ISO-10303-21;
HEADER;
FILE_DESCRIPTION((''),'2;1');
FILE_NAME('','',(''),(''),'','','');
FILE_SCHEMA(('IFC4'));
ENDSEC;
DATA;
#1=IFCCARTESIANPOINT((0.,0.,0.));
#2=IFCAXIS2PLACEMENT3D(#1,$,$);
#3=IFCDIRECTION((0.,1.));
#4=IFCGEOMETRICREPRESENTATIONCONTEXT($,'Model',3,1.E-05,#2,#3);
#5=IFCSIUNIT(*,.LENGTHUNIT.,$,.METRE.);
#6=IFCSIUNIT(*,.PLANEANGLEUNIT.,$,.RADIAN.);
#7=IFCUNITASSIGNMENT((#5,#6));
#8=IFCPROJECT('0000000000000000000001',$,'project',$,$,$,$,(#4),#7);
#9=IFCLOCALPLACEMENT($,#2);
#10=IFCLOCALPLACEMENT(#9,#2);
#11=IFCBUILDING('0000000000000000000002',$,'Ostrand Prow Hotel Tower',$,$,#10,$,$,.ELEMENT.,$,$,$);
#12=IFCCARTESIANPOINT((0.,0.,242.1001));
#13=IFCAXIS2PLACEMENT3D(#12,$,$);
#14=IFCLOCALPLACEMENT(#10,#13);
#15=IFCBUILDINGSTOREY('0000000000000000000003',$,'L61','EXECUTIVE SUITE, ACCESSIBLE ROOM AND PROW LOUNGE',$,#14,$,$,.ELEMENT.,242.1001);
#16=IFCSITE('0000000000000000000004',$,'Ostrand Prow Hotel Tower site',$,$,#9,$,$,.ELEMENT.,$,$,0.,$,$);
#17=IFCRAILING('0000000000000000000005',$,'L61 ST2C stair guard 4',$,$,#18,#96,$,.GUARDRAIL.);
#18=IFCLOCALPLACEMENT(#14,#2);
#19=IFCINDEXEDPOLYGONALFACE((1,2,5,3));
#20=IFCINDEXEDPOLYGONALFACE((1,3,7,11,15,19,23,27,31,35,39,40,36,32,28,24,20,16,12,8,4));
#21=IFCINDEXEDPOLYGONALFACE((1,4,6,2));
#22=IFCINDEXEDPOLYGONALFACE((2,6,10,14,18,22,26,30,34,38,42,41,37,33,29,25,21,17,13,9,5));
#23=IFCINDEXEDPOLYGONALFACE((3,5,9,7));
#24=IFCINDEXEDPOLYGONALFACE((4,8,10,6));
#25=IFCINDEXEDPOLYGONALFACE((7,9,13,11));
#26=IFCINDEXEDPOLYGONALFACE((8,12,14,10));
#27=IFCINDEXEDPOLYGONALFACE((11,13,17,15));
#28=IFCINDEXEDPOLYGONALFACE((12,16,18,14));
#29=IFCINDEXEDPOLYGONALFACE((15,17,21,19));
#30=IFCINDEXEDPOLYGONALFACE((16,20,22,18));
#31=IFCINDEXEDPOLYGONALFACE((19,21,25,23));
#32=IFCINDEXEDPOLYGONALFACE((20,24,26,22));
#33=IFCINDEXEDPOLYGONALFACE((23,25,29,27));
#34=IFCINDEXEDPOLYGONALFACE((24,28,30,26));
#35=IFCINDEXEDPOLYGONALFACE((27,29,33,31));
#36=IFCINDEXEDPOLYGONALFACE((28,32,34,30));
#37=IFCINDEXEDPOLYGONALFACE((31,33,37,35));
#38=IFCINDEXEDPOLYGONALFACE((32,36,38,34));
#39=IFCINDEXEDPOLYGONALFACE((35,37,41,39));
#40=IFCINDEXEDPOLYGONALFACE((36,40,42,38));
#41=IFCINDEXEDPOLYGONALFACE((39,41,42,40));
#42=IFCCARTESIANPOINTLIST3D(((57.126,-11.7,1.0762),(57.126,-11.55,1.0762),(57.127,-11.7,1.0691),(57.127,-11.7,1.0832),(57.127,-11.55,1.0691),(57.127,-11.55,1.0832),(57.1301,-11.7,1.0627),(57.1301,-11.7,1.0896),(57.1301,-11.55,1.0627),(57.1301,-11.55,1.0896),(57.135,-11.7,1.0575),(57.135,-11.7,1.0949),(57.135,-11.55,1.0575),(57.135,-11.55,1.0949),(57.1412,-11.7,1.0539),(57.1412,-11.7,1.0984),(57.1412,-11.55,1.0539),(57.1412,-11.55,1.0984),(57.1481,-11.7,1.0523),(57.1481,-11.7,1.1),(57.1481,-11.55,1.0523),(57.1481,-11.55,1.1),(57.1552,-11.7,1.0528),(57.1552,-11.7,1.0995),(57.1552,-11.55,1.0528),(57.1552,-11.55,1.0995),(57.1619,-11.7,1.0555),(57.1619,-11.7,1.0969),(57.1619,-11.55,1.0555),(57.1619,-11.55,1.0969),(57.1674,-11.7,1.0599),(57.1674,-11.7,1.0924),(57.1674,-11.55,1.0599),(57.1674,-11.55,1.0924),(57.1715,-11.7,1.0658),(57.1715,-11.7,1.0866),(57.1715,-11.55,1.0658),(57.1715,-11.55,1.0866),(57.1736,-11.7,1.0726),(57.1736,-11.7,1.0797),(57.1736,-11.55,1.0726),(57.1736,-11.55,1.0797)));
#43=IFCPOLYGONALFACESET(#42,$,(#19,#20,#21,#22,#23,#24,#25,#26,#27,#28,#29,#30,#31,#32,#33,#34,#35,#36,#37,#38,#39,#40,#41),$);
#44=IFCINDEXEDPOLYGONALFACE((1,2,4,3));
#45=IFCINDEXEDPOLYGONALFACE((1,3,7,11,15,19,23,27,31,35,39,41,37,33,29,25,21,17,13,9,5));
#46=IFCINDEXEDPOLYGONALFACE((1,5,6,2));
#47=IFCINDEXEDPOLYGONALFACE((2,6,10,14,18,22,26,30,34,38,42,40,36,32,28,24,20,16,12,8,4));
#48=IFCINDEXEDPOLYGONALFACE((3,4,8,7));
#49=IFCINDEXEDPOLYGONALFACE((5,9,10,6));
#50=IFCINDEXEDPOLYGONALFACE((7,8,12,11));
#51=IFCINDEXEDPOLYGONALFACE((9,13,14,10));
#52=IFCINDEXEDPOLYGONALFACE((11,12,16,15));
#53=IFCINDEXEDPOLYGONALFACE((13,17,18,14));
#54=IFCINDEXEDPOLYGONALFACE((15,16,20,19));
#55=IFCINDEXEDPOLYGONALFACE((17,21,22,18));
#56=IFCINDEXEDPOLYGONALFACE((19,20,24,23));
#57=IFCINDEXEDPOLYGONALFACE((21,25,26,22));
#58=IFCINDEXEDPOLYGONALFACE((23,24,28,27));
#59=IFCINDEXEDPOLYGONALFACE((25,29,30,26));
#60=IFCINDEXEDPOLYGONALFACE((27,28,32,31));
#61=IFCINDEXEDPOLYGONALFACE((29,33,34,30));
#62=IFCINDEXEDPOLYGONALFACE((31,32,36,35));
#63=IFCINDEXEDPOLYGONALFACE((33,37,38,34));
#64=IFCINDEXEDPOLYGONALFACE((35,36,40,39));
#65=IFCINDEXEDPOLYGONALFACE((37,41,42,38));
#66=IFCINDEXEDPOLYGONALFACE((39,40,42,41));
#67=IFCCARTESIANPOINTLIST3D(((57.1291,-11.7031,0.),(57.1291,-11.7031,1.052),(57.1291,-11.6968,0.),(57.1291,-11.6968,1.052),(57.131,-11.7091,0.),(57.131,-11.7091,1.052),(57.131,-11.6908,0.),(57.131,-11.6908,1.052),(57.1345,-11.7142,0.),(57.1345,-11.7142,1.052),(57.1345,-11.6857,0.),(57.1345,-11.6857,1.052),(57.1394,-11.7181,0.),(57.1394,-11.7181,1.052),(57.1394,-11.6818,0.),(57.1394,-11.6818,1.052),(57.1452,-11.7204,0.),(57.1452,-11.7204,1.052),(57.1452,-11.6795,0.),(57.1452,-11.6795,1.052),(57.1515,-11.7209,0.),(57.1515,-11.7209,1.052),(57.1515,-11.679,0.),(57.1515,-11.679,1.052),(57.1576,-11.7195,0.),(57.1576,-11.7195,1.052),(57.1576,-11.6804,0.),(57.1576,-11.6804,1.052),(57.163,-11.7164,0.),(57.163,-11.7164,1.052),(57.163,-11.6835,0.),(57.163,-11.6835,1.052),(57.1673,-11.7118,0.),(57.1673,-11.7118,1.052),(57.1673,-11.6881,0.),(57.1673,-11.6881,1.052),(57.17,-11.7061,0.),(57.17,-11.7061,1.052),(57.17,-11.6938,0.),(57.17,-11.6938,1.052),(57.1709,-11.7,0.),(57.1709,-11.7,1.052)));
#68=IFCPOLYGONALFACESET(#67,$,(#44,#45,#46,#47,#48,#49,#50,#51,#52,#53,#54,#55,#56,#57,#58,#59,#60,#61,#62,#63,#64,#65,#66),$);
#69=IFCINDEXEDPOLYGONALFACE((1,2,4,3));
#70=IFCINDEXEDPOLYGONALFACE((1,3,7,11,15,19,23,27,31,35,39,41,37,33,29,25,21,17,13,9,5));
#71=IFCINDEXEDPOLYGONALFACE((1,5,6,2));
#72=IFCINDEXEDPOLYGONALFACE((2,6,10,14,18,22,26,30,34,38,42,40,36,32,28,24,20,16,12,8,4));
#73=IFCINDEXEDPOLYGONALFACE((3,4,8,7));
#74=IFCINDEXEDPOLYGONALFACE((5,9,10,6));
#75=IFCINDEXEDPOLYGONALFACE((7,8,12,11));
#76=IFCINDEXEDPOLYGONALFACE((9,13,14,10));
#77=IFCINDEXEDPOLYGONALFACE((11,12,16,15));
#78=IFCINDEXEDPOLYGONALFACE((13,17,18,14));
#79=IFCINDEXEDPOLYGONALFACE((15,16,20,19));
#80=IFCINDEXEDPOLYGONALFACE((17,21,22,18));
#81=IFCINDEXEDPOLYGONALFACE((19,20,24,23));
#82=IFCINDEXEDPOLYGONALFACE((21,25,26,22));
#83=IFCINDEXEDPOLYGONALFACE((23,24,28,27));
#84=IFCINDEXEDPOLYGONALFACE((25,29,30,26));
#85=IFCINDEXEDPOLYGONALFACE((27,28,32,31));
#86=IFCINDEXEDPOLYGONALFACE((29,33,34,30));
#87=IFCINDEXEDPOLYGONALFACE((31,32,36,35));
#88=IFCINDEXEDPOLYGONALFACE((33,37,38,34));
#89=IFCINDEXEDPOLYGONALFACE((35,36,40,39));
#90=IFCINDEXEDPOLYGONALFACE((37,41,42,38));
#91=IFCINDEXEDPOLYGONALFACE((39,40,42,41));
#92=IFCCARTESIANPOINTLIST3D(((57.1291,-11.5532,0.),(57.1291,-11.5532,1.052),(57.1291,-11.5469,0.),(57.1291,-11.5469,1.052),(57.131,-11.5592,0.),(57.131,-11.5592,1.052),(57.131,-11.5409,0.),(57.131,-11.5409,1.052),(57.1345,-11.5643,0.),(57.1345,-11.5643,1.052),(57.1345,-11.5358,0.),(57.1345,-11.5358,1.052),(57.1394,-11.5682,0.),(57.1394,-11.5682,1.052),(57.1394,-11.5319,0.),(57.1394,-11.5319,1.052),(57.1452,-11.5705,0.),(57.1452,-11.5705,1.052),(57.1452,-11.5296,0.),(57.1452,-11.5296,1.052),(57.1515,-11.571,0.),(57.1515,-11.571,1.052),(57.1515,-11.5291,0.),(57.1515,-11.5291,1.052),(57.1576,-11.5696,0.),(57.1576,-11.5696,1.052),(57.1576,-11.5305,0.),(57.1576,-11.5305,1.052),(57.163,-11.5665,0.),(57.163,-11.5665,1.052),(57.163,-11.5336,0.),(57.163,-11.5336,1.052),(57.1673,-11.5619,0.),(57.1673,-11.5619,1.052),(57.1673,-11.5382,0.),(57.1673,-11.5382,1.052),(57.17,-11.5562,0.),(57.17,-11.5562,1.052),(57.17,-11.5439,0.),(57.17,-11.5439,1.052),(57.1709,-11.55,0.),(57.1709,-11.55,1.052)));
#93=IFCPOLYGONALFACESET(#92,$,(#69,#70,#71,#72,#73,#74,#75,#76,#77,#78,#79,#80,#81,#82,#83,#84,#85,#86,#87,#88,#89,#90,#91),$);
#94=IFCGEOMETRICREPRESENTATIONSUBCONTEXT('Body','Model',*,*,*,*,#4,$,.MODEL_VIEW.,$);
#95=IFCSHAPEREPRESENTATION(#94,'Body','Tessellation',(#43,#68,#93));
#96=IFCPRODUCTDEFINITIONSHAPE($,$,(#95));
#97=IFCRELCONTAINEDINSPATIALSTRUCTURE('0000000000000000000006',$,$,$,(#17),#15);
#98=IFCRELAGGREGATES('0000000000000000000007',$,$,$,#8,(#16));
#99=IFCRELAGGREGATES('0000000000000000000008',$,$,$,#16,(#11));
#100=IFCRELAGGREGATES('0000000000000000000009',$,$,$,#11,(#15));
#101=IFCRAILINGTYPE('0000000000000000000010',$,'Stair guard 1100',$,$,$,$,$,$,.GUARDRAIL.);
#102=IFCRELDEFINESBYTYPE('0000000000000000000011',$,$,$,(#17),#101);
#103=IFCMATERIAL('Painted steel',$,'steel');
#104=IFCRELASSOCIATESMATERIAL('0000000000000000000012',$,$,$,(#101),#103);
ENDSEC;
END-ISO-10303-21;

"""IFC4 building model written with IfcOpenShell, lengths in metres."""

from ifc_helpers import new_model, si_unit, direction, frame, origin, origin_2d, place, context, subcontext, project, spatial, circle, extrude, material, type_object, element, save


model = new_model("IFC4")

# Units and contexts
model_context = context("Model", 3, precision=1e-05, world=origin(), true_north=direction((0.0, 1.0)))
body_context = subcontext(model_context, "Body", "Model", "MODEL_VIEW")
ifc_project = project(units=[si_unit("LENGTHUNIT", "METRE"), si_unit("PLANEANGLEUNIT", "RADIAN")], contexts=[model_context])

# Site, building, storey
site_placement = place(None, origin())
site = spatial("IfcSite", under=ifc_project, at=site_placement, Name="Ostrand Prow Hotel Tower site", CompositionType="ELEMENT", RefElevation=0.0)
building_placement = place(site_placement, origin())
building = spatial("IfcBuilding", under=site, at=building_placement, Name="Ostrand Prow Hotel Tower", CompositionType="ELEMENT")
storey_placement = place(building_placement, frame((0.0, 0.0, 242.1001)))
storey = spatial("IfcBuildingStorey", under=building, at=storey_placement, Name="L61", Description="EXECUTIVE SUITE, ACCESSIBLE ROOM AND PROW LOUNGE", CompositionType="ELEMENT", Elevation=242.1001)

# Railing
ifc_material_1 = material(Name="Painted steel", Category="steel")
railing_type_1 = type_object("IfcRailingType", Name="Stair guard 1100", PredefinedType="GUARDRAIL", material=ifc_material_1)
railing_1_placement = place(storey_placement, frame((57.1499, -11.7, 0.0)))
element("IfcRailing", 1, at=railing_1_placement, inside=storey, type_object=railing_type_1, Name="L61 ST2C stair guard 4", PredefinedType="GUARDRAIL", context=body_context, shape_type="SweptSolid", body=[
    extrude(circle(Radius=0.0239, at=origin_2d()), frame((0.0, 0.0, 1.0762), z_axis=(0.0, 1.0, 0.0), x_axis=(-1.0, 0.0, 0.0)), (0.0, 0.0, 1.0), 0.1499),
    extrude(circle(Radius=0.021, at=origin_2d()), origin(), (0.0, 0.0, 1.0), 1.052),
    extrude(circle(Radius=0.021, at=origin_2d()), frame((0.0, 0.1499, 0.0)), (0.0, 0.0, 1.0), 1.052),
])

save(model, "model.ifc")
